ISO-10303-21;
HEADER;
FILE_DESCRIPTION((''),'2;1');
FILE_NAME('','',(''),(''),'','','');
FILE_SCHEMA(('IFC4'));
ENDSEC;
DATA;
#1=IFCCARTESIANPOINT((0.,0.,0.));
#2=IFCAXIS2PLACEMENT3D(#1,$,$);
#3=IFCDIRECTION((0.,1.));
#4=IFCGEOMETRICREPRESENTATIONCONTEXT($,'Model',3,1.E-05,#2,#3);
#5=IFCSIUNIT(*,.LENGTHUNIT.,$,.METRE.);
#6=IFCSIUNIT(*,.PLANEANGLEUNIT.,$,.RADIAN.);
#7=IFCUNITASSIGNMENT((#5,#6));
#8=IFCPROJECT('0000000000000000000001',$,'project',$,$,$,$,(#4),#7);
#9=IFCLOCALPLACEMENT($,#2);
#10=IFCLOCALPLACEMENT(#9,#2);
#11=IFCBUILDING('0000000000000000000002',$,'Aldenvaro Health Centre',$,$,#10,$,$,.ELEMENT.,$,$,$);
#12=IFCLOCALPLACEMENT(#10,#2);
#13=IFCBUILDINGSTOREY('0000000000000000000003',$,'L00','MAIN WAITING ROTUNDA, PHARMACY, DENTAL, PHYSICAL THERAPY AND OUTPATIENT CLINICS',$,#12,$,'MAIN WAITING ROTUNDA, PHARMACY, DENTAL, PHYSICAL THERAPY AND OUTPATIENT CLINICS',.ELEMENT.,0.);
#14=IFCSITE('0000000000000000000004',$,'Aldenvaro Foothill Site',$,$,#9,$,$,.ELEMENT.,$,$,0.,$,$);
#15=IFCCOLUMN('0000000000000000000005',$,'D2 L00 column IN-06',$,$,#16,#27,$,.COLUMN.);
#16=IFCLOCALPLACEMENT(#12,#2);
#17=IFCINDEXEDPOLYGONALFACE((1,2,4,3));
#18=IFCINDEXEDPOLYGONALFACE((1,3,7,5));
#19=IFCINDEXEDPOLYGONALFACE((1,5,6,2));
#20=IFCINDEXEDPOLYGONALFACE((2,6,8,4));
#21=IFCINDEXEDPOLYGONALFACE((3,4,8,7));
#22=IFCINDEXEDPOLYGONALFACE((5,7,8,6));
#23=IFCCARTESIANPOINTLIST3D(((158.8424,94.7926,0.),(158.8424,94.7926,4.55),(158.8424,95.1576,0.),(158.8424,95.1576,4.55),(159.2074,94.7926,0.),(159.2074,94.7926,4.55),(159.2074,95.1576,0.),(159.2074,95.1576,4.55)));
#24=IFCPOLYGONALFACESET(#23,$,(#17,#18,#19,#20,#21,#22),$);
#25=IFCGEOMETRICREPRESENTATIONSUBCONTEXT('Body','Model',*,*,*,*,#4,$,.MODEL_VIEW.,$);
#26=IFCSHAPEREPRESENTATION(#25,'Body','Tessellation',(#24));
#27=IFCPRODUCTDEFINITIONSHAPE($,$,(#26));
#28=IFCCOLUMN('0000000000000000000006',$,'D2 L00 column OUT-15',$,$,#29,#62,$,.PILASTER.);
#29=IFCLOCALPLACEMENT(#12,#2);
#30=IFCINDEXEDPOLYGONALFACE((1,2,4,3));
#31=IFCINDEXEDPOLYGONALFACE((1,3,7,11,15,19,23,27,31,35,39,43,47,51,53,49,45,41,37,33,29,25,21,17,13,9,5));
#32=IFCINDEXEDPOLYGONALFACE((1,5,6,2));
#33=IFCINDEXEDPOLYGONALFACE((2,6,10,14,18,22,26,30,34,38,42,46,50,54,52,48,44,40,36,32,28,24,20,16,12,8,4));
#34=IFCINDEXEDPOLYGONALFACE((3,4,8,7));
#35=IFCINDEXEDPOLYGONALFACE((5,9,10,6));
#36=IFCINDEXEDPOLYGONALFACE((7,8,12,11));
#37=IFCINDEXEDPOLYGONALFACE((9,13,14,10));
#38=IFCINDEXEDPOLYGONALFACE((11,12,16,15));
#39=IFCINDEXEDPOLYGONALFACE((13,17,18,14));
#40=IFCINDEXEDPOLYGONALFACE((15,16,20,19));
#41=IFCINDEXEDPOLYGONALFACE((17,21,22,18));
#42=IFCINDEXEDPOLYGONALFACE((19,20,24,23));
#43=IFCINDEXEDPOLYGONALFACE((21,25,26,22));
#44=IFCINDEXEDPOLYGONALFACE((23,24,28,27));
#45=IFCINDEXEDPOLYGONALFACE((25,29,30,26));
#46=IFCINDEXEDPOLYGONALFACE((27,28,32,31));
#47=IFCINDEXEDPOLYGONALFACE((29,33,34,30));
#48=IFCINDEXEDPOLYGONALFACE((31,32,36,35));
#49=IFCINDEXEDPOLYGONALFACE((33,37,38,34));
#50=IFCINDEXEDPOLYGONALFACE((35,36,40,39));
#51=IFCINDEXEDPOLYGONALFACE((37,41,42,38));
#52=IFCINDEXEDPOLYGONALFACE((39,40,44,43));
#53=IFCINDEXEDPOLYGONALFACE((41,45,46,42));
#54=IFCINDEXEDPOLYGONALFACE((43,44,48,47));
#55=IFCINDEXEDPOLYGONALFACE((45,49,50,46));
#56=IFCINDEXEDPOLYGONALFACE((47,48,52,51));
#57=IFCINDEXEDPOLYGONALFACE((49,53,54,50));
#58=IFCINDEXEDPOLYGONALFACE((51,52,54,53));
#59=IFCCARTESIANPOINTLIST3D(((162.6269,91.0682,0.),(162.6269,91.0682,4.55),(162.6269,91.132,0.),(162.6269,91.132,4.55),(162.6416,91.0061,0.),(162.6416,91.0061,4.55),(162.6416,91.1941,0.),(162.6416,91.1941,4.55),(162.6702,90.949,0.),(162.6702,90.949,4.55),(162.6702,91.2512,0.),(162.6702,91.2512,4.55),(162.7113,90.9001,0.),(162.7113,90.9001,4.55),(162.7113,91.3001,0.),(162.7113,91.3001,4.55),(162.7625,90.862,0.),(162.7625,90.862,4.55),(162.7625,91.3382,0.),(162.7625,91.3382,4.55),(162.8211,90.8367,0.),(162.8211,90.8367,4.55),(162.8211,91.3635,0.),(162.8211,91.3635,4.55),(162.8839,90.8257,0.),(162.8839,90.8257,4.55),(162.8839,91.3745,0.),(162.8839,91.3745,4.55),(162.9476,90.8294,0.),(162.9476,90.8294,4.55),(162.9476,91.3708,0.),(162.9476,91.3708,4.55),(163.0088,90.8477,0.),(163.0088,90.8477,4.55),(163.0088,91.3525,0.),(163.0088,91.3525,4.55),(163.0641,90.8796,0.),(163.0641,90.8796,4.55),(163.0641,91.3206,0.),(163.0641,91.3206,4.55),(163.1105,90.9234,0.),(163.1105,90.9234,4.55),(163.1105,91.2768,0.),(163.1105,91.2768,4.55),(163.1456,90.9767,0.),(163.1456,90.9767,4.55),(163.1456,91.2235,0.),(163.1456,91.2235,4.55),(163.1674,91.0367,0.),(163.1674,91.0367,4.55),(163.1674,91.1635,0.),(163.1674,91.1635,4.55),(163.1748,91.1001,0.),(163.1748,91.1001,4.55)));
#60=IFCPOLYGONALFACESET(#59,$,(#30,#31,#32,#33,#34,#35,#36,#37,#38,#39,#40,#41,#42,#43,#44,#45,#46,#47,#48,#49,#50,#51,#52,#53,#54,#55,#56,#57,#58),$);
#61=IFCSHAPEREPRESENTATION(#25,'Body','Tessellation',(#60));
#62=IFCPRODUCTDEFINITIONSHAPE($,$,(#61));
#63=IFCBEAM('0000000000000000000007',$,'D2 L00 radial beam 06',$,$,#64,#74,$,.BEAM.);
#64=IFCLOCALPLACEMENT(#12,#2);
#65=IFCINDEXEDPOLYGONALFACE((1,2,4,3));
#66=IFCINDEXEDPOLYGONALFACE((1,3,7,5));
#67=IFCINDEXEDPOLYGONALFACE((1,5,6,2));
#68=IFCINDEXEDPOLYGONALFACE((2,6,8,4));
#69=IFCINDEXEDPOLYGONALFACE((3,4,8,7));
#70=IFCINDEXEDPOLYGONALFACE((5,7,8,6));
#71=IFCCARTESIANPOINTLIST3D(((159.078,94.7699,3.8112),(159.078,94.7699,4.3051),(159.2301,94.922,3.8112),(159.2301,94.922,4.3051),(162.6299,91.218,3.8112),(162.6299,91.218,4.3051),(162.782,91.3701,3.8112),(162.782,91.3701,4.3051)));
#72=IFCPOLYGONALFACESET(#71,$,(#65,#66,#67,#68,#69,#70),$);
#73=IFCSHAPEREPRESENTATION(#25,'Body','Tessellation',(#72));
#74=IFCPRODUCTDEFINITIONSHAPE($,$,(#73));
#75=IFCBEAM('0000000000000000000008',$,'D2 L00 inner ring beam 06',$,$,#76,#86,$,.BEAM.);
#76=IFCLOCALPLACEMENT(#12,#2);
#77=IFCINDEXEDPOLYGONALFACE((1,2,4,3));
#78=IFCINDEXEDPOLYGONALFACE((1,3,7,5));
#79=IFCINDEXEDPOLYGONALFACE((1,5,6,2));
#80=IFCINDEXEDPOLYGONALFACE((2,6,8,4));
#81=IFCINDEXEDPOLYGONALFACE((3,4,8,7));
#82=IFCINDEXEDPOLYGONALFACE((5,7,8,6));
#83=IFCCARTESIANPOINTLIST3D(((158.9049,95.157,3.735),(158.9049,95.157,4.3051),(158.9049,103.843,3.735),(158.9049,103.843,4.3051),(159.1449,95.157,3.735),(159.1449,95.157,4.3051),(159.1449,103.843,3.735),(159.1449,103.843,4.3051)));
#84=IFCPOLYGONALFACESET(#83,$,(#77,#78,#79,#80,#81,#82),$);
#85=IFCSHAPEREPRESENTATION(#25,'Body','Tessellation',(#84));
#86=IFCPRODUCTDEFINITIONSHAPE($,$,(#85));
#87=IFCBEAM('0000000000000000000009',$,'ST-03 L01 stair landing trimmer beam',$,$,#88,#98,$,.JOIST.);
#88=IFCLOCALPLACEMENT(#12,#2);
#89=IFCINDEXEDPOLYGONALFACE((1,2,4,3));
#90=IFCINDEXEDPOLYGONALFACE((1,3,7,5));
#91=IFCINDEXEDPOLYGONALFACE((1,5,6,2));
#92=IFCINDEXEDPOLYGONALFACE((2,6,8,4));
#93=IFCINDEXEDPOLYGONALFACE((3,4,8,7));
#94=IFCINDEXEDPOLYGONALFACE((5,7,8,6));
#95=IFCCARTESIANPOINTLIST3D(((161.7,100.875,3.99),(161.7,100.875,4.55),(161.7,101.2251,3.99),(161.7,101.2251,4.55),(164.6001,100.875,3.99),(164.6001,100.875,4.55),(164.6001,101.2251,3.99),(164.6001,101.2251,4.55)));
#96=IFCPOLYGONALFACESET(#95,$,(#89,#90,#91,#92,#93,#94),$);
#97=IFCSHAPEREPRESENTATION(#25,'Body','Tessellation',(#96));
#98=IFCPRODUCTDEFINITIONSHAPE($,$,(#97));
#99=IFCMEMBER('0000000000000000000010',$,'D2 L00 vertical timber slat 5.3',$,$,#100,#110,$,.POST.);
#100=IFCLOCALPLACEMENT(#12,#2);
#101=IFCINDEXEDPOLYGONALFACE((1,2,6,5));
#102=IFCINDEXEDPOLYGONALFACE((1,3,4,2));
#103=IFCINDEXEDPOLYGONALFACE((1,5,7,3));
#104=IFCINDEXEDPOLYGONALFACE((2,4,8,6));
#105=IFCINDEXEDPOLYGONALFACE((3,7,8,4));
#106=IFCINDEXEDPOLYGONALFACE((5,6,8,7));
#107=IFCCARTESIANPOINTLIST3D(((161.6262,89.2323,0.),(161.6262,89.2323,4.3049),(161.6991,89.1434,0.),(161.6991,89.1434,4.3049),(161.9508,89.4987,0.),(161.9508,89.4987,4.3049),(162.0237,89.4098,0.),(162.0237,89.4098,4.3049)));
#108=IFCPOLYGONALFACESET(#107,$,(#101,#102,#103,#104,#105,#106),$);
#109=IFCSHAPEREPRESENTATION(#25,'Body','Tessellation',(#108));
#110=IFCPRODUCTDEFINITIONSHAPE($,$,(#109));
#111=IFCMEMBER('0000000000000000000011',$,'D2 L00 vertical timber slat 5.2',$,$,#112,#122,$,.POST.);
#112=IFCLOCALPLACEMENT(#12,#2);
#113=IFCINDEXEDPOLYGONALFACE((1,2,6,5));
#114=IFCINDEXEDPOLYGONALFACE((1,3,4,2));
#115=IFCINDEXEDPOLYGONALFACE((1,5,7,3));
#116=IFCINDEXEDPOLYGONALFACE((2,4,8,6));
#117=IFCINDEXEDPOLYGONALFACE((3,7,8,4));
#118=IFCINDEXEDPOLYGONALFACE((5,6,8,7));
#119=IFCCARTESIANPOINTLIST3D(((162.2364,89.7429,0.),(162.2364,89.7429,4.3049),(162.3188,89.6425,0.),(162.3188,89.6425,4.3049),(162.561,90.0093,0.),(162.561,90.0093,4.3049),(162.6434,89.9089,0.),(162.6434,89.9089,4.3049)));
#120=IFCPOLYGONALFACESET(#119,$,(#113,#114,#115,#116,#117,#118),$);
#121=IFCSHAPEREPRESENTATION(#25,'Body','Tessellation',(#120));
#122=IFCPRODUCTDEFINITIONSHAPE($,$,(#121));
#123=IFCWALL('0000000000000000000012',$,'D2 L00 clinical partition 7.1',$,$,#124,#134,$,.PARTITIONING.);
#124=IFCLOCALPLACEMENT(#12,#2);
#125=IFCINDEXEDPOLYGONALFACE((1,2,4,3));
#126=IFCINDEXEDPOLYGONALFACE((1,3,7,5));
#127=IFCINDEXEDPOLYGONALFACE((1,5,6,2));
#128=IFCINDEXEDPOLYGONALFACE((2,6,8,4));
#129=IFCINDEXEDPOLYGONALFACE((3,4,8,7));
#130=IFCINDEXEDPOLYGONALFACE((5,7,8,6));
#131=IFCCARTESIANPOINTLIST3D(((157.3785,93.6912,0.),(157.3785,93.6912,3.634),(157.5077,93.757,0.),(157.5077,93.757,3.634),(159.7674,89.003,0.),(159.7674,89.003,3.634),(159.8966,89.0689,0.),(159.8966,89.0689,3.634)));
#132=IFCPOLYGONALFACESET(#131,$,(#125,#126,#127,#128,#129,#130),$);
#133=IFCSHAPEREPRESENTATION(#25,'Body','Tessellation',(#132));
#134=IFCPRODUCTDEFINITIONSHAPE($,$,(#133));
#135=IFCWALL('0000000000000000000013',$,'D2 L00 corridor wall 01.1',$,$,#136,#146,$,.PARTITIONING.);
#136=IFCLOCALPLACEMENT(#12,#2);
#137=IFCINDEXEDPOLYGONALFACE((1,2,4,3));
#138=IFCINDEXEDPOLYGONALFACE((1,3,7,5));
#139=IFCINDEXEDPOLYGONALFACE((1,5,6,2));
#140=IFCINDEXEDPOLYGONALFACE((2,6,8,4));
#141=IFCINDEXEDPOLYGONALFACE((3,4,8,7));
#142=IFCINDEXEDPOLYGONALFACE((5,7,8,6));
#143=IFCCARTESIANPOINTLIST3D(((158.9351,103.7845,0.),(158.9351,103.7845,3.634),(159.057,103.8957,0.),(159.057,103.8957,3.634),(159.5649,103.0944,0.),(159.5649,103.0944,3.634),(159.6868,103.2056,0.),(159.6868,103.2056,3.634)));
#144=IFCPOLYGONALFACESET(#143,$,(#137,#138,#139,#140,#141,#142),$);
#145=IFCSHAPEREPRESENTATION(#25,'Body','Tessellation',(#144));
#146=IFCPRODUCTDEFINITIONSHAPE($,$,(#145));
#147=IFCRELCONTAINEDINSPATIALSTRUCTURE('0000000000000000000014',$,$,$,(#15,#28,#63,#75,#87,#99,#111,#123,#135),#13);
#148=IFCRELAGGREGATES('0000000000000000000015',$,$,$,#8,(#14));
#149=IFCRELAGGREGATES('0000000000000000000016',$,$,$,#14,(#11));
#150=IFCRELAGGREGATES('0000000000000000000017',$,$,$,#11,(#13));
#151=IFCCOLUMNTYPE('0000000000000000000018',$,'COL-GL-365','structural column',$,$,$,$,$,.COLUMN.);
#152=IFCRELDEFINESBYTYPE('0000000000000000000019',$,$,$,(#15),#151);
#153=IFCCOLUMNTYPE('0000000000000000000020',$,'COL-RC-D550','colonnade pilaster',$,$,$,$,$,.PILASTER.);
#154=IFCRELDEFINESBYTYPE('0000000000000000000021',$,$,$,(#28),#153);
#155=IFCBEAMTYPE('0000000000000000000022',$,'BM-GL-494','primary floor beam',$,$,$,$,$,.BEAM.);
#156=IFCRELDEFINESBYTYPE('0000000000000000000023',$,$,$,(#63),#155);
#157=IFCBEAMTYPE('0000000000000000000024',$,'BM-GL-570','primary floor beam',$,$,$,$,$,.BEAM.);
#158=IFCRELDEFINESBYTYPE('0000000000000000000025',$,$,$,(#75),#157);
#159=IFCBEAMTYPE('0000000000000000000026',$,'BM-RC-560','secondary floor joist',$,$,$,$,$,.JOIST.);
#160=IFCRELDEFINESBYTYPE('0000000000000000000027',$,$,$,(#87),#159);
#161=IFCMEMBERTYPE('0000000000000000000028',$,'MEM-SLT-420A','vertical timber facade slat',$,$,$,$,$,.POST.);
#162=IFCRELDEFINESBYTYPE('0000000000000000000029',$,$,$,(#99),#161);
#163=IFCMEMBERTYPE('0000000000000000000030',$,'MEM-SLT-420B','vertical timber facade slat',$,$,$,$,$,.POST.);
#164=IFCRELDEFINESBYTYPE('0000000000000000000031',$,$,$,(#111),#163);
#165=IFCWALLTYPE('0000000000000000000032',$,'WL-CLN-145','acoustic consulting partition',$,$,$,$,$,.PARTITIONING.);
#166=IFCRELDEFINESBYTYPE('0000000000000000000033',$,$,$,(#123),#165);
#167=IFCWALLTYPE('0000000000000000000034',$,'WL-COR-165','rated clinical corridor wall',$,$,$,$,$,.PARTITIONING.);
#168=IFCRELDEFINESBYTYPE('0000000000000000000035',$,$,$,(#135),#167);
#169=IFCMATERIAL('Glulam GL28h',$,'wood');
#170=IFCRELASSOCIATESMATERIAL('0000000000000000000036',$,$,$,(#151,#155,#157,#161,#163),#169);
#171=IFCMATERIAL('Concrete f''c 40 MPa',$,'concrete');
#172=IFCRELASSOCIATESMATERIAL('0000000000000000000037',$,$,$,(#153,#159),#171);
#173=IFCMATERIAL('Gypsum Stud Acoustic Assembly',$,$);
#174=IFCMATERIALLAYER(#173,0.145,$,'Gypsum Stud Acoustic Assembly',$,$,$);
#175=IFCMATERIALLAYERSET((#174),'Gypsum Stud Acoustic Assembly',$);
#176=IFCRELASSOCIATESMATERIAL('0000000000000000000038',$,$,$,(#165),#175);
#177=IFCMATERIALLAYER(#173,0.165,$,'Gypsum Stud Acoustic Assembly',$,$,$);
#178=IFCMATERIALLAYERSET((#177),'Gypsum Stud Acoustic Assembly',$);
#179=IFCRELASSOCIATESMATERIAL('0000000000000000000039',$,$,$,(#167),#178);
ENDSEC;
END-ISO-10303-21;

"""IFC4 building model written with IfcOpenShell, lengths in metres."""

from ifc_helpers import new_model, si_unit, direction, frame, frame_2d, origin, origin_2d, place, context, subcontext, project, spatial, rectangle, circle, extrude, material, layer, layer_set, material_profile, profile_set, type_object, element, save


model = new_model("IFC4")

# Units and contexts
model_context = context("Model", 3, precision=1e-05, world=origin(), true_north=direction((0.0, 1.0)))
body_context = subcontext(model_context, "Body", "Model", "MODEL_VIEW")
ifc_project = project(units=[si_unit("LENGTHUNIT", "METRE"), si_unit("PLANEANGLEUNIT", "RADIAN")], contexts=[model_context])

# Site, building, storey
site_placement = place(None, origin())
site = spatial("IfcSite", under=ifc_project, at=site_placement, Name="Aldenvaro Foothill Site", CompositionType="ELEMENT", RefElevation=0.0)
building_placement = place(site_placement, origin())
building = spatial("IfcBuilding", under=site, at=building_placement, Name="Aldenvaro Health Centre", CompositionType="ELEMENT")
storey_placement = place(building_placement, origin())
storey = spatial("IfcBuildingStorey", under=building, at=storey_placement, Name="L00", Description="MAIN WAITING ROTUNDA, PHARMACY, DENTAL, PHYSICAL THERAPY AND OUTPATIENT CLINICS", LongName="MAIN WAITING ROTUNDA, PHARMACY, DENTAL, PHYSICAL THERAPY AND OUTPATIENT CLINICS", CompositionType="ELEMENT", Elevation=0.0)

# Columns
ifc_material_1 = material(Name="Glulam GL28h", Category="wood")
ifc_material_profile_1 = material_profile(ifc_material_1, rectangle(XDim=0.365, YDim=0.365, at=origin_2d()), Name="GL 365x365", Category="wood")
ifc_profile_set_1 = profile_set([ifc_material_profile_1], Name="Glulam GL28h")
column_type_1 = type_object("IfcColumnType", Name="COL-GL-365", Description="structural column", PredefinedType="COLUMN", material=ifc_profile_set_1)
column_1_placement = place(storey_placement, frame((159.0249, 94.9751, 0.0), z_axis=(0.0, 0.0, 1.0), x_axis=(1.0, 0.0, 0.0)))
element("IfcColumn", 1, at=column_1_placement, inside=storey, type_object=column_type_1, Name="D2 L00 column IN-06", PredefinedType="COLUMN", context=body_context, shape_type="SweptSolid", body=[
    extrude(rectangle(XDim=0.365, YDim=0.365, at=origin_2d()), origin(), (0.0, 0.0, 1.0), 4.55),
])
ifc_material_2 = material(Name="Concrete f'c 40 MPa", Category="concrete")
ifc_material_profile_2 = material_profile(ifc_material_2, circle(Radius=0.2749, at=origin_2d()), Name="RC D550", Category="concrete")
ifc_profile_set_2 = profile_set([ifc_material_profile_2], Name="Concrete f'c 40 MPa")
column_type_2 = type_object("IfcColumnType", Name="COL-RC-D550", Description="colonnade pilaster", PredefinedType="PILASTER", material=ifc_profile_set_2)
column_2_placement = place(storey_placement, frame((162.8999, 91.1001, 0.0), z_axis=(0.0, 0.0, 1.0), x_axis=(1.0, 0.0, 0.0)))
element("IfcColumn", 2, at=column_2_placement, inside=storey, type_object=column_type_2, Name="D2 L00 column OUT-15", PredefinedType="PILASTER", context=body_context, shape_type="SweptSolid", body=[
    extrude(circle(Radius=0.2749, at=origin_2d()), origin(), (0.0, 0.0, 1.0), 4.55),
])

# Beams
ifc_material_profile_3 = material_profile(ifc_material_1, rectangle(XDim=0.2151, YDim=0.4939, at=origin_2d()), Name="GL 215x494", Category="wood")
ifc_profile_set_3 = profile_set([ifc_material_profile_3], Name="Glulam GL28h")
beam_type_1 = type_object("IfcBeamType", Name="BM-GL-494", Description="primary floor beam", PredefinedType="BEAM", material=ifc_profile_set_3)
beam_1_placement = place(storey_placement, frame((159.1541, 94.8459, 4.0581), z_axis=(0.707107, -0.707107, 0.0), x_axis=(0.707107, 0.707107, 0.0)))
element("IfcBeam", 3, at=beam_1_placement, inside=storey, type_object=beam_type_1, Name="D2 L00 radial beam 06", PredefinedType="BEAM", context=body_context, shape_type="SweptSolid", body=[
    extrude(rectangle(XDim=0.2151, YDim=0.4939, at=origin_2d()), origin(), (0.0, 0.0, 1.0), 5.0232),
])
ifc_material_profile_4 = material_profile(ifc_material_1, rectangle(XDim=0.24, YDim=0.5701, at=origin_2d()), Name="GL 240x570", Category="wood")
ifc_profile_set_4 = profile_set([ifc_material_profile_4], Name="Glulam GL28h")
beam_type_2 = type_object("IfcBeamType", Name="BM-GL-570", Description="primary floor beam", PredefinedType="BEAM", material=ifc_profile_set_4)
beam_2_placement = place(storey_placement, frame((159.0249, 95.157, 4.02), z_axis=(0.0, 1.0, 0.0), x_axis=(-1.0, 0.0, 0.0)))
element("IfcBeam", 4, at=beam_2_placement, inside=storey, type_object=beam_type_2, Name="D2 L00 inner ring beam 06", PredefinedType="BEAM", context=body_context, shape_type="SweptSolid", body=[
    extrude(rectangle(XDim=0.24, YDim=0.5701, at=origin_2d()), origin(), (0.0, 0.0, 1.0), 8.686),
])
ifc_material_profile_5 = material_profile(ifc_material_2, rectangle(XDim=0.3501, YDim=0.5601, at=origin_2d()), Name="RC 350x560", Category="concrete")
ifc_profile_set_5 = profile_set([ifc_material_profile_5], Name="Concrete f'c 40 MPa")
beam_type_3 = type_object("IfcBeamType", Name="BM-RC-560", Description="secondary floor joist", PredefinedType="JOIST", material=ifc_profile_set_5)
beam_3_placement = place(storey_placement, frame((161.7, 101.05, 4.27), z_axis=(1.0, 0.0, 0.0), x_axis=(0.0, 1.0, 0.0)))
element("IfcBeam", 5, at=beam_3_placement, inside=storey, type_object=beam_type_3, Name="ST-03 L01 stair landing trimmer beam", PredefinedType="JOIST", context=body_context, shape_type="SweptSolid", body=[
    extrude(rectangle(XDim=0.3501, YDim=0.5601, at=origin_2d()), origin(), (0.0, 0.0, 1.0), 2.9001),
])

# Members
ifc_material_profile_6 = material_profile(ifc_material_1, rectangle(XDim=0.115, YDim=0.4199, at=origin_2d()), Name="GL 115x420", Category="wood")
ifc_profile_set_6 = profile_set([ifc_material_profile_6], Name="Glulam GL28h")
member_type_1 = type_object("IfcMemberType", Name="MEM-SLT-420A", Description="vertical timber facade slat", PredefinedType="POST", material=ifc_profile_set_6)
member_1_placement = place(storey_placement, frame((161.825, 89.321, 0.0), z_axis=(0.0, 0.0, 1.0), x_axis=(0.63438, -0.773022, 0.0)))
element("IfcMember", 6, at=member_1_placement, inside=storey, type_object=member_type_1, Name="D2 L00 vertical timber slat 5.3", PredefinedType="POST", context=body_context, shape_type="SweptSolid", body=[
    extrude(rectangle(XDim=0.115, YDim=0.4199, at=origin_2d()), origin(), (0.0, 0.0, 1.0), 4.3049),
])
ifc_material_profile_7 = material_profile(ifc_material_1, rectangle(XDim=0.1299, YDim=0.4199, at=origin_2d()), Name="GL 130x420", Category="wood")
ifc_profile_set_7 = profile_set([ifc_material_profile_7], Name="Glulam GL28h")
member_type_2 = type_object("IfcMemberType", Name="MEM-SLT-420B", Description="vertical timber facade slat", PredefinedType="POST", material=ifc_profile_set_7)
member_2_placement = place(storey_placement, frame((162.4399, 89.8259, 0.0), z_axis=(0.0, 0.0, 1.0), x_axis=(0.63438, -0.773022, 0.0)))
element("IfcMember", 7, at=member_2_placement, inside=storey, type_object=member_type_2, Name="D2 L00 vertical timber slat 5.2", PredefinedType="POST", context=body_context, shape_type="SweptSolid", body=[
    extrude(rectangle(XDim=0.1299, YDim=0.4199, at=origin_2d()), origin(), (0.0, 0.0, 1.0), 4.3049),
])

# Walls
ifc_material_3 = material(Name="Gypsum Stud Acoustic Assembly")
ifc_layer_1 = layer(ifc_material_3, 0.145, Name="Gypsum Stud Acoustic Assembly")
ifc_layer_set_1 = layer_set([ifc_layer_1], Name="Gypsum Stud Acoustic Assembly")
wall_type_1 = type_object("IfcWallType", Name="WL-CLN-145", Description="acoustic consulting partition", PredefinedType="PARTITIONING", material=ifc_layer_set_1)
wall_1_placement = place(storey_placement, frame((157.4431, 93.7241, 0.0), z_axis=(0.0, 0.0, 1.0), x_axis=(0.454012, -0.890996, 0.0)))
element("IfcWall", 8, at=wall_1_placement, inside=storey, type_object=wall_type_1, Name="D2 L00 clinical partition 7.1", PredefinedType="PARTITIONING", context=body_context, shape_type="SweptSolid", body=[
    extrude(rectangle(XDim=5.2617, YDim=0.145, at=frame_2d((2.6309, 0.0))), origin(), (0.0, 0.0, 1.0), 3.634),
])
ifc_layer_2 = layer(ifc_material_3, 0.165, Name="Gypsum Stud Acoustic Assembly")
ifc_layer_set_2 = layer_set([ifc_layer_2], Name="Gypsum Stud Acoustic Assembly")
wall_type_2 = type_object("IfcWallType", Name="WL-COR-165", Description="rated clinical corridor wall", PredefinedType="PARTITIONING", material=ifc_layer_set_2)
wall_2_placement = place(storey_placement, frame((159.626, 103.1499, 0.0), z_axis=(0.0, 0.0, 1.0), x_axis=(-0.674102, 0.738638, 0.0)))
element("IfcWall", 9, at=wall_2_placement, inside=storey, type_object=wall_type_2, Name="D2 L00 corridor wall 01.1", PredefinedType="PARTITIONING", context=body_context, shape_type="SweptSolid", body=[
    extrude(rectangle(XDim=0.9343, YDim=0.165, at=frame_2d((0.4673, 0.0))), origin(), (0.0, 0.0, 1.0), 3.634),
])

save(model, "model.ifc")
